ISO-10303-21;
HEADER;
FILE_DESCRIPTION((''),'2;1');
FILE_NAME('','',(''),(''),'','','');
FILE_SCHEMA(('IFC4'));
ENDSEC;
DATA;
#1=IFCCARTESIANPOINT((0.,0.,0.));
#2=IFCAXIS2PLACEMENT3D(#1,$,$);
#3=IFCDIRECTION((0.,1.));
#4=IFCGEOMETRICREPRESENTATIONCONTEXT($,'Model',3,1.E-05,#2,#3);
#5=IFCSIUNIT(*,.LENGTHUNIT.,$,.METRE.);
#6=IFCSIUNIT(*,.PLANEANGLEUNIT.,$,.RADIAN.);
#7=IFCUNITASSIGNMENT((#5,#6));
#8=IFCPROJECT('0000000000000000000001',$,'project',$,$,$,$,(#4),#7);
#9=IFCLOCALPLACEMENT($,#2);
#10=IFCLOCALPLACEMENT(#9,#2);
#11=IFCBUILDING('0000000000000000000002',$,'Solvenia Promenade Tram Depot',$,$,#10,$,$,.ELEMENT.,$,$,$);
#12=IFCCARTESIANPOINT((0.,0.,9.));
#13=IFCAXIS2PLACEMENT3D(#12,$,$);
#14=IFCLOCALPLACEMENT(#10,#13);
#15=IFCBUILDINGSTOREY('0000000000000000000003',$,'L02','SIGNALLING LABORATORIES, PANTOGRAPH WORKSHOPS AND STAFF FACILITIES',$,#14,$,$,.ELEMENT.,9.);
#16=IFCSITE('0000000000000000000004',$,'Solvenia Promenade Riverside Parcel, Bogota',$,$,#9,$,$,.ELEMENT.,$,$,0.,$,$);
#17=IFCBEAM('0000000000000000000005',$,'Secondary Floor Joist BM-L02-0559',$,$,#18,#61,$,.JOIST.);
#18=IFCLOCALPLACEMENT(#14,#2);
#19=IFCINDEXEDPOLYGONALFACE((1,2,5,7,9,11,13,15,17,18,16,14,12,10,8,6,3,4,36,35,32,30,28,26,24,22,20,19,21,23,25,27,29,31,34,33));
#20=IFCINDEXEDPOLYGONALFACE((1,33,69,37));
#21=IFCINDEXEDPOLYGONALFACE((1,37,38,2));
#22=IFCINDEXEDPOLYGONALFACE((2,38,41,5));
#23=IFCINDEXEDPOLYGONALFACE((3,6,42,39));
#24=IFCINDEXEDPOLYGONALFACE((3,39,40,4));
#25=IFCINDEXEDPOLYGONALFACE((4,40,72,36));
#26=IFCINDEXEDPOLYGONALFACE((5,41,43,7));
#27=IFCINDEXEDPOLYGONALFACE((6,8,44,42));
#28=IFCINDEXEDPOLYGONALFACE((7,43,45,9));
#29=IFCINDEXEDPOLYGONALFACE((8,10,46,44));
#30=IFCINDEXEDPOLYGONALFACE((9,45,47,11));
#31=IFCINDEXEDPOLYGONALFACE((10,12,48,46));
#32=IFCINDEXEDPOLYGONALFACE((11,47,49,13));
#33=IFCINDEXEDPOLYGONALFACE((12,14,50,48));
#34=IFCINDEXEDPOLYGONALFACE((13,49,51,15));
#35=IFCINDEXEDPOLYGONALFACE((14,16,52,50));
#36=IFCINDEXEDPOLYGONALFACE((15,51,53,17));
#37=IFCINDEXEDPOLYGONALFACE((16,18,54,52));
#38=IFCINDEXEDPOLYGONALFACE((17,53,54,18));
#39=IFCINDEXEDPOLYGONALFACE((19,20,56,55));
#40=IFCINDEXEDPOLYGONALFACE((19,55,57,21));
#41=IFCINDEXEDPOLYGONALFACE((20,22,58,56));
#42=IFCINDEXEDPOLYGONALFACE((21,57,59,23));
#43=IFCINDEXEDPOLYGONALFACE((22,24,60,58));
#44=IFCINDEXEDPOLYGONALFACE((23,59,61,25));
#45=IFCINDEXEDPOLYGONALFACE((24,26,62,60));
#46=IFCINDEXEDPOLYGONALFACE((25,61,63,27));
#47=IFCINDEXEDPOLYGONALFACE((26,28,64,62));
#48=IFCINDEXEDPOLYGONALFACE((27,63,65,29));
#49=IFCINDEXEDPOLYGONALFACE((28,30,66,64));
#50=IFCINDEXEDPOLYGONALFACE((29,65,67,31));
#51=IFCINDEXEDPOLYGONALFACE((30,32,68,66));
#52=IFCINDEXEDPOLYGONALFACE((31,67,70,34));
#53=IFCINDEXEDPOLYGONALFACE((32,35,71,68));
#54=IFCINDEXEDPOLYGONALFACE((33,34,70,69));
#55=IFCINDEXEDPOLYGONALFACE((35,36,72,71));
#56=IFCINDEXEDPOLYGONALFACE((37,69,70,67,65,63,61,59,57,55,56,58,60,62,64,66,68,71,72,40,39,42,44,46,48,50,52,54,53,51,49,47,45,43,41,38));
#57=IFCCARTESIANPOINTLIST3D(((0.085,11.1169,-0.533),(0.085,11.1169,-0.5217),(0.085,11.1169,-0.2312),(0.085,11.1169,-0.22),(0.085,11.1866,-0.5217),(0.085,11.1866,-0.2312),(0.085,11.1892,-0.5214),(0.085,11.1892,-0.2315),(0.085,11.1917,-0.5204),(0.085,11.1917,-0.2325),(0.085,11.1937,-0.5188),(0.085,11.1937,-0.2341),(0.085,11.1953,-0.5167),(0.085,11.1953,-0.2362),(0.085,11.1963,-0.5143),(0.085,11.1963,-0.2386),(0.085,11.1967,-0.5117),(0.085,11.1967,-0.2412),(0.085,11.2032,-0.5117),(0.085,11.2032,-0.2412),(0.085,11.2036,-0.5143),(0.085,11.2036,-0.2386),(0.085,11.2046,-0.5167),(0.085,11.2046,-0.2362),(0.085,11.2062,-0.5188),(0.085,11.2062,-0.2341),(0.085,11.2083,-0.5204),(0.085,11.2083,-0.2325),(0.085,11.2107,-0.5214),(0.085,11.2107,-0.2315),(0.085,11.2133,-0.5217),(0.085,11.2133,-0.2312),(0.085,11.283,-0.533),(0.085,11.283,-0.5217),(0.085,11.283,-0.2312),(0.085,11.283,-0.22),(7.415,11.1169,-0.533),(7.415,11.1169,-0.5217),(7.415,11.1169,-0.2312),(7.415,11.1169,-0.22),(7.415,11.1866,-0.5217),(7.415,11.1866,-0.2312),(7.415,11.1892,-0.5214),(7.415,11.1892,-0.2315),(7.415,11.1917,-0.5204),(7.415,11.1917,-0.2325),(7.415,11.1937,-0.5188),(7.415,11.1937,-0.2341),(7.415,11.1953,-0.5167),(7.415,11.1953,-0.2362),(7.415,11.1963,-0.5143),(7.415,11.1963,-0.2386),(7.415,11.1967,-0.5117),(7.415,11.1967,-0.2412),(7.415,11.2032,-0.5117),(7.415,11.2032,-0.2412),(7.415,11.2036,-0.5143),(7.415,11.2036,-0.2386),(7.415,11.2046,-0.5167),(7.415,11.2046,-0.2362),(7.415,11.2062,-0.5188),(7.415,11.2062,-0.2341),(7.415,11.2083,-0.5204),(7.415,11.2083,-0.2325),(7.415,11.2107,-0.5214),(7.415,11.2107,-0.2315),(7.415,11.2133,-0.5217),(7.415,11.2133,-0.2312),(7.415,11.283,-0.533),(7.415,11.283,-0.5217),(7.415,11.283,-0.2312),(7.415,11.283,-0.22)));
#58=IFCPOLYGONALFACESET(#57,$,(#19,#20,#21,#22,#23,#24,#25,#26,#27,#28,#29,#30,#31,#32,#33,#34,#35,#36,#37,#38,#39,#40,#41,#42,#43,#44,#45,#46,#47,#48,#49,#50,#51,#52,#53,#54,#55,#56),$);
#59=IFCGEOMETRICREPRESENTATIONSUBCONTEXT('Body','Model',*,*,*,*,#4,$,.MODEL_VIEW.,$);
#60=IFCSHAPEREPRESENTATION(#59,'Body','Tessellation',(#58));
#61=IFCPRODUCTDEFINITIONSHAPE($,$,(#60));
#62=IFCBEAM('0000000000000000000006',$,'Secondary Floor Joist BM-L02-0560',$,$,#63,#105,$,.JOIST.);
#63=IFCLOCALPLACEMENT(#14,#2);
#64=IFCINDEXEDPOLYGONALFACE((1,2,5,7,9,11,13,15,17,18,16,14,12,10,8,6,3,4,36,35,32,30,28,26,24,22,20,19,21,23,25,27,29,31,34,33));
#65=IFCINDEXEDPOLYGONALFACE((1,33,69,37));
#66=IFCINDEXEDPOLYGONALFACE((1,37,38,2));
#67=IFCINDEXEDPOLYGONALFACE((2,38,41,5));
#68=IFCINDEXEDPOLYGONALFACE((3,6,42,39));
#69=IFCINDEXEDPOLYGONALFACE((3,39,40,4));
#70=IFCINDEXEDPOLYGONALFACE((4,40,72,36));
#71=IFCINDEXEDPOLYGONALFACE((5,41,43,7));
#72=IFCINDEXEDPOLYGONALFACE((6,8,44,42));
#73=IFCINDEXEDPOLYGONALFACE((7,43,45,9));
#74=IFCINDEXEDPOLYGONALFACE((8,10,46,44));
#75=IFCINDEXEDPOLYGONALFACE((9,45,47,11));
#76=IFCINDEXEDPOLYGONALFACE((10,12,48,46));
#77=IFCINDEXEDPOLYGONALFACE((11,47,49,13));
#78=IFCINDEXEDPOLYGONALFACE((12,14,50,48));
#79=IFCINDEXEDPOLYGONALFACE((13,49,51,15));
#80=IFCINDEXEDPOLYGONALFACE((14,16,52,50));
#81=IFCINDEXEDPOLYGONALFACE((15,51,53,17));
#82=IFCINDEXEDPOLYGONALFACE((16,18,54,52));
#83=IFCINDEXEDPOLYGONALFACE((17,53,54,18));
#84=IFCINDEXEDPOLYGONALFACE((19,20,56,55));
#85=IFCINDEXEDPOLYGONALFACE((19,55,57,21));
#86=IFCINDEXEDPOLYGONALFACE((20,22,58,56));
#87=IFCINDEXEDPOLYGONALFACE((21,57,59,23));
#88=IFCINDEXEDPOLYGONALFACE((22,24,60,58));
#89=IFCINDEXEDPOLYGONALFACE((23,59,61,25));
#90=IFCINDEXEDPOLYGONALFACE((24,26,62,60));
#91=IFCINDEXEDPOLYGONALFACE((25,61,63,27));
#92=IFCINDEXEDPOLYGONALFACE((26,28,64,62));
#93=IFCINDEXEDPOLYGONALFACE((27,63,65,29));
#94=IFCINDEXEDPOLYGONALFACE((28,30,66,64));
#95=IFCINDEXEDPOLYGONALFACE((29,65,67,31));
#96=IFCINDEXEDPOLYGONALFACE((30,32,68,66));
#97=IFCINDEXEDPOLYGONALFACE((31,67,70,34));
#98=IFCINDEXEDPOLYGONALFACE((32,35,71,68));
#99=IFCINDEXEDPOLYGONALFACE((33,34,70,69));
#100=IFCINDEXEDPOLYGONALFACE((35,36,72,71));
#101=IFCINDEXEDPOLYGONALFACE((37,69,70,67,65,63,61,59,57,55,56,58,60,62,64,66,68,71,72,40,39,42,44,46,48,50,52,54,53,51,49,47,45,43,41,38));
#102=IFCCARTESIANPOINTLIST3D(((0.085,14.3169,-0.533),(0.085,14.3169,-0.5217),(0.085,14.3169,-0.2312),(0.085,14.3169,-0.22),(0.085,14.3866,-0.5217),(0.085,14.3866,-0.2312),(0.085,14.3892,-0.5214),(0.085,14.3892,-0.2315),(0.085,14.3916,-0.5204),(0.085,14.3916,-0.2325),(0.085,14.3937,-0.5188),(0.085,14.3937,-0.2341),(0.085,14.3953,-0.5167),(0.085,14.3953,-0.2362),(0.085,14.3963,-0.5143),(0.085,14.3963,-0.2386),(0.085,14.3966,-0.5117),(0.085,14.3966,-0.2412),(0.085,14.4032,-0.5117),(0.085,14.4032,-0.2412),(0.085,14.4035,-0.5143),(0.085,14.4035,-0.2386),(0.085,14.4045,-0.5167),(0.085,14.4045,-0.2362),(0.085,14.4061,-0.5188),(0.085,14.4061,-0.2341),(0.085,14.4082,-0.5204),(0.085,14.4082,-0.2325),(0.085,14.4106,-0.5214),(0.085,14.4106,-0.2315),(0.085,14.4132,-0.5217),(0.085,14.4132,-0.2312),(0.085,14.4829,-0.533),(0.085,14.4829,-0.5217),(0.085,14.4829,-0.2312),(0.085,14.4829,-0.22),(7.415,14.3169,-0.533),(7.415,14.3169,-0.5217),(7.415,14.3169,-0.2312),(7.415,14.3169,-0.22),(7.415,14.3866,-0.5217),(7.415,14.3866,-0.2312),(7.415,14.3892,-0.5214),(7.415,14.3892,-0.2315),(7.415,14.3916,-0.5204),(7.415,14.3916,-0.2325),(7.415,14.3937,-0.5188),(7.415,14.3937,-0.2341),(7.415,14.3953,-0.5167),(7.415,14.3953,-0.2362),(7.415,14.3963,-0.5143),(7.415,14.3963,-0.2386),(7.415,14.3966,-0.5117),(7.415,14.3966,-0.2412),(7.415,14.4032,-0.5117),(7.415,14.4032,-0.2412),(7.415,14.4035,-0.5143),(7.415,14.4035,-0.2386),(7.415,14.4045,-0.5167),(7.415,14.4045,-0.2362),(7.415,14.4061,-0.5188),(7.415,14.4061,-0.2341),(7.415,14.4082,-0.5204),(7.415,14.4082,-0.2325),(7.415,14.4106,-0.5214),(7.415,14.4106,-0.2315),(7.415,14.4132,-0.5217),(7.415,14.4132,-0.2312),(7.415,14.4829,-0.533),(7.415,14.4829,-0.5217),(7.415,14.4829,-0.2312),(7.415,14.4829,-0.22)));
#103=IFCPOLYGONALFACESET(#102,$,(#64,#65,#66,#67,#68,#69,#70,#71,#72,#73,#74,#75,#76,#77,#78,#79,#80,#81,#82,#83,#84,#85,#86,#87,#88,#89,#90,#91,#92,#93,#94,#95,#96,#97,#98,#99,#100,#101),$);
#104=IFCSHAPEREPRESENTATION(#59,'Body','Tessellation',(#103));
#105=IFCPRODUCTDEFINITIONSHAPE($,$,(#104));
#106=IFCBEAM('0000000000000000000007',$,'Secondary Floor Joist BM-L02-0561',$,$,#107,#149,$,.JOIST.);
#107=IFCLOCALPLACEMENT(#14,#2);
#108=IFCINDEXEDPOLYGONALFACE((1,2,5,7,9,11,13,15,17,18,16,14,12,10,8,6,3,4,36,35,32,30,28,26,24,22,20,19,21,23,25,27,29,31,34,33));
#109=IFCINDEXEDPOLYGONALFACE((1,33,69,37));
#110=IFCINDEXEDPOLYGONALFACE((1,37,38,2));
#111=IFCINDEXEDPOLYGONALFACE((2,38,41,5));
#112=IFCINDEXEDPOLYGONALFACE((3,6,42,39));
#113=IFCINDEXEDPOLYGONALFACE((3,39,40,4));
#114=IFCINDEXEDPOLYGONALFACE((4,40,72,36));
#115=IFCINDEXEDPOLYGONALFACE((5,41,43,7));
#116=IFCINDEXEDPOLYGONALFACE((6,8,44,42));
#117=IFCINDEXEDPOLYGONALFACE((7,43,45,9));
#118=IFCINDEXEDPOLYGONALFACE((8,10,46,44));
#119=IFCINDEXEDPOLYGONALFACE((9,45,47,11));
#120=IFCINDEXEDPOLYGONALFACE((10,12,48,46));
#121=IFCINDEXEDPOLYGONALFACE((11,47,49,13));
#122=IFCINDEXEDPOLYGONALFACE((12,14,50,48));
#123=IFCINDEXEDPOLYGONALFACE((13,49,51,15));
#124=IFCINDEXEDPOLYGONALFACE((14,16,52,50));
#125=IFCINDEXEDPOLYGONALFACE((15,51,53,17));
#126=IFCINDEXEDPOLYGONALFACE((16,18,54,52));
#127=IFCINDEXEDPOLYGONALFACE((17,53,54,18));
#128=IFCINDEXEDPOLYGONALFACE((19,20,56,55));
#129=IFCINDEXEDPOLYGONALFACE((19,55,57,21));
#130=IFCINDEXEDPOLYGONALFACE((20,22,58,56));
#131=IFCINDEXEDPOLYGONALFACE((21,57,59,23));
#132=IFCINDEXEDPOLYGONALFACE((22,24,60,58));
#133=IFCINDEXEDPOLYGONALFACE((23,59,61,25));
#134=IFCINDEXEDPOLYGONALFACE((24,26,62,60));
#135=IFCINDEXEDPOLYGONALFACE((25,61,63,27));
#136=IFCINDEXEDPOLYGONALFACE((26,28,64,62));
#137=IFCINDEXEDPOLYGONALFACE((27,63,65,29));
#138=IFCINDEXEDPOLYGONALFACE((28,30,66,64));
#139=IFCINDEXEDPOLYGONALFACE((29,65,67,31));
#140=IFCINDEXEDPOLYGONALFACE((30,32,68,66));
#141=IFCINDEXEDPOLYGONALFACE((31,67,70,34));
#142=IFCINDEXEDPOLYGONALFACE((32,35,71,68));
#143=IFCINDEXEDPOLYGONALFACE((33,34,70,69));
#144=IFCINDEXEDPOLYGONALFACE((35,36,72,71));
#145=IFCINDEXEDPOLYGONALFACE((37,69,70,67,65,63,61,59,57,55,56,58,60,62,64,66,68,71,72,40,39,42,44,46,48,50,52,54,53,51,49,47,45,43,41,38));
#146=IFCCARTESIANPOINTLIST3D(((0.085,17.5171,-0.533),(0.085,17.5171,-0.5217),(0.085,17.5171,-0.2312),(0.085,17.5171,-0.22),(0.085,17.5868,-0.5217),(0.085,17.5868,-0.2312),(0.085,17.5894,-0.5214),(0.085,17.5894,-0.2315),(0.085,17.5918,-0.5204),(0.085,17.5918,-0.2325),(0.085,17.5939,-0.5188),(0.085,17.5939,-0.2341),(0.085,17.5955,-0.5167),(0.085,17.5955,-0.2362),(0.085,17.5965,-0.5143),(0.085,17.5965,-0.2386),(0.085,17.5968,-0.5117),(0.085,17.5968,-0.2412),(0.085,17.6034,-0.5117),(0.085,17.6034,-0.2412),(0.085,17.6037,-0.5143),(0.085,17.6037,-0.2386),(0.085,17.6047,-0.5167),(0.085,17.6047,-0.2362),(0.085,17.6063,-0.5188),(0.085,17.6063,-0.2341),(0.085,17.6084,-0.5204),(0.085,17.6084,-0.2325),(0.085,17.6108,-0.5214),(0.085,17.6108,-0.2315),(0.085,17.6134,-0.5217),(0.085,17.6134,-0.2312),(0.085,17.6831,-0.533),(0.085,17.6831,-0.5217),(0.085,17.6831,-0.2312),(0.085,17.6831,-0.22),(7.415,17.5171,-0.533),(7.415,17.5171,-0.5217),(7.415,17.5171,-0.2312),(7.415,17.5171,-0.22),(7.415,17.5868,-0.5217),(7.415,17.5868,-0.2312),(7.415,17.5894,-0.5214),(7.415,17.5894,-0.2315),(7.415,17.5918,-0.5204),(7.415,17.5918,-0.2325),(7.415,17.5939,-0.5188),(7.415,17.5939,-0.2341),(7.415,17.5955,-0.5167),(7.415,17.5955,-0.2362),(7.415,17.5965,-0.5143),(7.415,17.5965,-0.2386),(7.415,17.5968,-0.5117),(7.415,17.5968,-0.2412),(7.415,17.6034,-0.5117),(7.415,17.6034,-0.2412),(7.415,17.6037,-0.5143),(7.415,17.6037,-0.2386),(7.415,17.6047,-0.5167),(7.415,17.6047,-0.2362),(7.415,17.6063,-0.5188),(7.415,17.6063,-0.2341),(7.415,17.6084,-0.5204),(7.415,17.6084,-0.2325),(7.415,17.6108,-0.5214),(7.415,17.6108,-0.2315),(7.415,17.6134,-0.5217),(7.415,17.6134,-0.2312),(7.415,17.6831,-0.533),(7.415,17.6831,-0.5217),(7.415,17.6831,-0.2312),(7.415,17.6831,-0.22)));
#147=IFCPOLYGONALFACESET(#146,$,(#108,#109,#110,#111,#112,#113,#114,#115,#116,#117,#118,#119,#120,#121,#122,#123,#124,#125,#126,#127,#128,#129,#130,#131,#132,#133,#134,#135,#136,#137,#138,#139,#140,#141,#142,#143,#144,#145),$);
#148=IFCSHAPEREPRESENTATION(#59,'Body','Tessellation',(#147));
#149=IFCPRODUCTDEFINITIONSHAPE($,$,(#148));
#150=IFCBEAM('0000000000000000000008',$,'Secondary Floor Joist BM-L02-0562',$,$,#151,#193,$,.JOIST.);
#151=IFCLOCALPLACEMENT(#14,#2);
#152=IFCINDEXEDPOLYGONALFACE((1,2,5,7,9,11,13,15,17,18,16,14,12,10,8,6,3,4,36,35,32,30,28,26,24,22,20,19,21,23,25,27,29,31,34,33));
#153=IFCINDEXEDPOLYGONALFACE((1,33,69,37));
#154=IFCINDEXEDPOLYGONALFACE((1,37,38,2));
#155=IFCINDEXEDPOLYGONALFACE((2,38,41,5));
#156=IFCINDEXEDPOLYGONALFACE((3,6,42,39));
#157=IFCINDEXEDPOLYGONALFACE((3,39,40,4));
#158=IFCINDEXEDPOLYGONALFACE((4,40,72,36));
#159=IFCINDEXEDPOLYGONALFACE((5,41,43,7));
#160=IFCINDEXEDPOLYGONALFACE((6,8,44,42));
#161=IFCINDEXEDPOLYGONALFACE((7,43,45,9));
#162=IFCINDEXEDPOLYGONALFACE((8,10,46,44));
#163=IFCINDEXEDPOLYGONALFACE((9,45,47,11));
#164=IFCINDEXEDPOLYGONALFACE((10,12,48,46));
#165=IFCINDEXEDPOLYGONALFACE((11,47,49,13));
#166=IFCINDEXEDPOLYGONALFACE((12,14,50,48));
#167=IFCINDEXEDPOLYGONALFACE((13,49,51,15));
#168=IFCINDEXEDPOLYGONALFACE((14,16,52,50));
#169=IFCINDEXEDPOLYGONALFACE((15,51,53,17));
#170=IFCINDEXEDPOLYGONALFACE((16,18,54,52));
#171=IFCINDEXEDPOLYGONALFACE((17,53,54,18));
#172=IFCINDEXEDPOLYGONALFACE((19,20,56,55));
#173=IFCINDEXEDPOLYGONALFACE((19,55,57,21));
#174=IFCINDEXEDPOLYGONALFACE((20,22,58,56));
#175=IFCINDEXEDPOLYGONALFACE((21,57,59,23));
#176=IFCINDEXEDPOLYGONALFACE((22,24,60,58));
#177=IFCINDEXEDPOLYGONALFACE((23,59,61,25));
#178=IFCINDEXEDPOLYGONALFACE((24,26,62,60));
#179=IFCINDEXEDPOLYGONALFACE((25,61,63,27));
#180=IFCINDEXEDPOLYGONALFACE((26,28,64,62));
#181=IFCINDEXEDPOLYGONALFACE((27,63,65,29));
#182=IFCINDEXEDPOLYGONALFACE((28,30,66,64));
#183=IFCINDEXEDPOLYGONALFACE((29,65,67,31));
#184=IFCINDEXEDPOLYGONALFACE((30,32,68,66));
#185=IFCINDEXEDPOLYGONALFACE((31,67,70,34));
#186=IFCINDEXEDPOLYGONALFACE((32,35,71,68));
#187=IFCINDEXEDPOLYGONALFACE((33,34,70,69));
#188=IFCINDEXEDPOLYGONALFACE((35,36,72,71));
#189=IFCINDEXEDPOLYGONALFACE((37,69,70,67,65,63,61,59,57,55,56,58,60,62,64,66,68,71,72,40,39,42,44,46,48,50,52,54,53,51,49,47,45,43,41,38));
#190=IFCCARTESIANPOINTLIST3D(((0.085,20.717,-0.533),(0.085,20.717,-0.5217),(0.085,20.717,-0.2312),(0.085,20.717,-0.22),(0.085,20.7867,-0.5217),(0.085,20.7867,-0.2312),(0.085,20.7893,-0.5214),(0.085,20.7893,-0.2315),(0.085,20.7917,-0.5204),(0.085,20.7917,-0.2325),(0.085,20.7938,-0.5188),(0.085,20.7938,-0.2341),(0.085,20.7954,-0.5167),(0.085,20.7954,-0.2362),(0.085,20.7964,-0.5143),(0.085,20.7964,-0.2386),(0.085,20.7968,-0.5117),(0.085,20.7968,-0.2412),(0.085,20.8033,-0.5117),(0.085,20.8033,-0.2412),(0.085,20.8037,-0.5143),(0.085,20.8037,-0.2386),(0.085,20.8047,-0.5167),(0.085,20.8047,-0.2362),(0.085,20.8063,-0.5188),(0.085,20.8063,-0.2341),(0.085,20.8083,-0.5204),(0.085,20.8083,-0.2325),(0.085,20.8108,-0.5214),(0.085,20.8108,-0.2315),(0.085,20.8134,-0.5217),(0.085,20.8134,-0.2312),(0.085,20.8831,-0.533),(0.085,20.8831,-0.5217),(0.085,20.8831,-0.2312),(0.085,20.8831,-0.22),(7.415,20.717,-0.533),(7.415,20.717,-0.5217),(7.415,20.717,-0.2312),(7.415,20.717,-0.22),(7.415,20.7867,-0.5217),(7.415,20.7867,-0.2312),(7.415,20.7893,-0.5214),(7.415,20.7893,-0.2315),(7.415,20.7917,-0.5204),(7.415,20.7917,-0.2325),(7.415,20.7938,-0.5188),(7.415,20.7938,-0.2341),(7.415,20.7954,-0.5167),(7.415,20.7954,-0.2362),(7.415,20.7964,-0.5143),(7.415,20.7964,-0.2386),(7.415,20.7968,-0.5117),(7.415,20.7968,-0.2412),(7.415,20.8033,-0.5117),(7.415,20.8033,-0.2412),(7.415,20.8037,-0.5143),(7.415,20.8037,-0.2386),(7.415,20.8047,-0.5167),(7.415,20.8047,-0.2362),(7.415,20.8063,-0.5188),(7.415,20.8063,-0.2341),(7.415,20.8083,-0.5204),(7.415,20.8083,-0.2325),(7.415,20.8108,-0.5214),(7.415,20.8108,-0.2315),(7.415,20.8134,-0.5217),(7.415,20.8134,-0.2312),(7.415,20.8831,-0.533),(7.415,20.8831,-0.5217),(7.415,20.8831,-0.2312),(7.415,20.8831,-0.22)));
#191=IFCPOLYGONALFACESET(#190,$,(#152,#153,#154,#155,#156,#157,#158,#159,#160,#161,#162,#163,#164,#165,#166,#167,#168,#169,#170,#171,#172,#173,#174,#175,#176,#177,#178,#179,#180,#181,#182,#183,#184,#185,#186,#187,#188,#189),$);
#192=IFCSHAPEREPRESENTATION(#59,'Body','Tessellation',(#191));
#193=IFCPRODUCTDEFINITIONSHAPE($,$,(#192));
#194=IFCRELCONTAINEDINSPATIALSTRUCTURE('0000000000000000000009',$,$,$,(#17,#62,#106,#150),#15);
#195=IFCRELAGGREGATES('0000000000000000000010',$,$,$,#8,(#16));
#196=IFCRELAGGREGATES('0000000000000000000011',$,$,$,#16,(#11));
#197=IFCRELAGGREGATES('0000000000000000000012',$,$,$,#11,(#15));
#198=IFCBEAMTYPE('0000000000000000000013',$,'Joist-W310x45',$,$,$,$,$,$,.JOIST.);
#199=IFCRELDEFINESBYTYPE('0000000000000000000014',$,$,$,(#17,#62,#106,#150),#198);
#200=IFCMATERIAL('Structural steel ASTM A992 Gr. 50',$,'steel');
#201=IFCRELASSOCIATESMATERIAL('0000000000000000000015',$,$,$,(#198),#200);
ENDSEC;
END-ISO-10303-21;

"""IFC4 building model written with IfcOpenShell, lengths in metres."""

from ifc_helpers import new_model, si_unit, direction, frame, origin, origin_2d, place, context, subcontext, project, spatial, i_section, extrude, material, material_profile, profile_set, type_object, element, save


model = new_model("IFC4")

# Units and contexts
model_context = context("Model", 3, precision=1e-05, world=origin(), true_north=direction((0.0, 1.0)))
body_context = subcontext(model_context, "Body", "Model", "MODEL_VIEW")
ifc_project = project(units=[si_unit("LENGTHUNIT", "METRE"), si_unit("PLANEANGLEUNIT", "RADIAN")], contexts=[model_context])

# Site, building, storey
site_placement = place(None, origin())
site = spatial("IfcSite", under=ifc_project, at=site_placement, Name="Solvenia Promenade Riverside Parcel, Bogota", CompositionType="ELEMENT", RefElevation=0.0)
building_placement = place(site_placement, origin())
building = spatial("IfcBuilding", under=site, at=building_placement, Name="Solvenia Promenade Tram Depot", CompositionType="ELEMENT")
storey_placement = place(building_placement, frame((0.0, 0.0, 9.0)))
storey = spatial("IfcBuildingStorey", under=building, at=storey_placement, Name="L02", Description="SIGNALLING LABORATORIES, PANTOGRAPH WORKSHOPS AND STAFF FACILITIES", CompositionType="ELEMENT", Elevation=9.0)

# Shared definitions
ifc_material_1 = material(Name="Structural steel ASTM A992 Gr. 50", Category="steel")

# Beams
ifc_material_profile_1 = material_profile(ifc_material_1, i_section(OverallWidth=0.166, OverallDepth=0.313, WebThickness=0.0066, FlangeThickness=0.0112, FilletRadius=0.01, at=origin_2d()), Name="W310x45", Category="steel")
ifc_profile_set_1 = profile_set([ifc_material_profile_1], Name="Structural steel ASTM A992 Gr. 50")
beam_type_1 = type_object("IfcBeamType", Name="Joist-W310x45", PredefinedType="JOIST", material=ifc_profile_set_1)
for number, where, z_axis, x_axis, name in (
    (1, (0.085, 11.2, -0.3765), (1.0, 0.0, 0.0), (0.0, 1.0, 0.0), "Secondary Floor Joist BM-L02-0559"),
    (2, (0.085, 14.3999, -0.3765), (1.0, 0.0, 0.0), (0.0, 1.0, 0.0), "Secondary Floor Joist BM-L02-0560"),
    (3, (0.085, 17.6001, -0.3765), (1.0, 0.0, 0.0), (0.0, 1.0, 0.0), "Secondary Floor Joist BM-L02-0561"),
    (4, (0.085, 20.8, -0.3765), (1.0, 0.0, 0.0), (0.0, 1.0, 0.0), "Secondary Floor Joist BM-L02-0562"),
):
    element("IfcBeam", number, at=place(storey_placement, frame(where, z_axis=z_axis, x_axis=x_axis)), inside=storey, type_object=beam_type_1, Name=name, PredefinedType="JOIST", context=body_context, shape_type="SweptSolid", body=[
        extrude(i_section(OverallWidth=0.166, OverallDepth=0.313, WebThickness=0.0066, FlangeThickness=0.0112, FilletRadius=0.01, at=origin_2d()), origin(), (0.0, 0.0, 1.0), 7.3301),
    ])

save(model, "model.ifc")
